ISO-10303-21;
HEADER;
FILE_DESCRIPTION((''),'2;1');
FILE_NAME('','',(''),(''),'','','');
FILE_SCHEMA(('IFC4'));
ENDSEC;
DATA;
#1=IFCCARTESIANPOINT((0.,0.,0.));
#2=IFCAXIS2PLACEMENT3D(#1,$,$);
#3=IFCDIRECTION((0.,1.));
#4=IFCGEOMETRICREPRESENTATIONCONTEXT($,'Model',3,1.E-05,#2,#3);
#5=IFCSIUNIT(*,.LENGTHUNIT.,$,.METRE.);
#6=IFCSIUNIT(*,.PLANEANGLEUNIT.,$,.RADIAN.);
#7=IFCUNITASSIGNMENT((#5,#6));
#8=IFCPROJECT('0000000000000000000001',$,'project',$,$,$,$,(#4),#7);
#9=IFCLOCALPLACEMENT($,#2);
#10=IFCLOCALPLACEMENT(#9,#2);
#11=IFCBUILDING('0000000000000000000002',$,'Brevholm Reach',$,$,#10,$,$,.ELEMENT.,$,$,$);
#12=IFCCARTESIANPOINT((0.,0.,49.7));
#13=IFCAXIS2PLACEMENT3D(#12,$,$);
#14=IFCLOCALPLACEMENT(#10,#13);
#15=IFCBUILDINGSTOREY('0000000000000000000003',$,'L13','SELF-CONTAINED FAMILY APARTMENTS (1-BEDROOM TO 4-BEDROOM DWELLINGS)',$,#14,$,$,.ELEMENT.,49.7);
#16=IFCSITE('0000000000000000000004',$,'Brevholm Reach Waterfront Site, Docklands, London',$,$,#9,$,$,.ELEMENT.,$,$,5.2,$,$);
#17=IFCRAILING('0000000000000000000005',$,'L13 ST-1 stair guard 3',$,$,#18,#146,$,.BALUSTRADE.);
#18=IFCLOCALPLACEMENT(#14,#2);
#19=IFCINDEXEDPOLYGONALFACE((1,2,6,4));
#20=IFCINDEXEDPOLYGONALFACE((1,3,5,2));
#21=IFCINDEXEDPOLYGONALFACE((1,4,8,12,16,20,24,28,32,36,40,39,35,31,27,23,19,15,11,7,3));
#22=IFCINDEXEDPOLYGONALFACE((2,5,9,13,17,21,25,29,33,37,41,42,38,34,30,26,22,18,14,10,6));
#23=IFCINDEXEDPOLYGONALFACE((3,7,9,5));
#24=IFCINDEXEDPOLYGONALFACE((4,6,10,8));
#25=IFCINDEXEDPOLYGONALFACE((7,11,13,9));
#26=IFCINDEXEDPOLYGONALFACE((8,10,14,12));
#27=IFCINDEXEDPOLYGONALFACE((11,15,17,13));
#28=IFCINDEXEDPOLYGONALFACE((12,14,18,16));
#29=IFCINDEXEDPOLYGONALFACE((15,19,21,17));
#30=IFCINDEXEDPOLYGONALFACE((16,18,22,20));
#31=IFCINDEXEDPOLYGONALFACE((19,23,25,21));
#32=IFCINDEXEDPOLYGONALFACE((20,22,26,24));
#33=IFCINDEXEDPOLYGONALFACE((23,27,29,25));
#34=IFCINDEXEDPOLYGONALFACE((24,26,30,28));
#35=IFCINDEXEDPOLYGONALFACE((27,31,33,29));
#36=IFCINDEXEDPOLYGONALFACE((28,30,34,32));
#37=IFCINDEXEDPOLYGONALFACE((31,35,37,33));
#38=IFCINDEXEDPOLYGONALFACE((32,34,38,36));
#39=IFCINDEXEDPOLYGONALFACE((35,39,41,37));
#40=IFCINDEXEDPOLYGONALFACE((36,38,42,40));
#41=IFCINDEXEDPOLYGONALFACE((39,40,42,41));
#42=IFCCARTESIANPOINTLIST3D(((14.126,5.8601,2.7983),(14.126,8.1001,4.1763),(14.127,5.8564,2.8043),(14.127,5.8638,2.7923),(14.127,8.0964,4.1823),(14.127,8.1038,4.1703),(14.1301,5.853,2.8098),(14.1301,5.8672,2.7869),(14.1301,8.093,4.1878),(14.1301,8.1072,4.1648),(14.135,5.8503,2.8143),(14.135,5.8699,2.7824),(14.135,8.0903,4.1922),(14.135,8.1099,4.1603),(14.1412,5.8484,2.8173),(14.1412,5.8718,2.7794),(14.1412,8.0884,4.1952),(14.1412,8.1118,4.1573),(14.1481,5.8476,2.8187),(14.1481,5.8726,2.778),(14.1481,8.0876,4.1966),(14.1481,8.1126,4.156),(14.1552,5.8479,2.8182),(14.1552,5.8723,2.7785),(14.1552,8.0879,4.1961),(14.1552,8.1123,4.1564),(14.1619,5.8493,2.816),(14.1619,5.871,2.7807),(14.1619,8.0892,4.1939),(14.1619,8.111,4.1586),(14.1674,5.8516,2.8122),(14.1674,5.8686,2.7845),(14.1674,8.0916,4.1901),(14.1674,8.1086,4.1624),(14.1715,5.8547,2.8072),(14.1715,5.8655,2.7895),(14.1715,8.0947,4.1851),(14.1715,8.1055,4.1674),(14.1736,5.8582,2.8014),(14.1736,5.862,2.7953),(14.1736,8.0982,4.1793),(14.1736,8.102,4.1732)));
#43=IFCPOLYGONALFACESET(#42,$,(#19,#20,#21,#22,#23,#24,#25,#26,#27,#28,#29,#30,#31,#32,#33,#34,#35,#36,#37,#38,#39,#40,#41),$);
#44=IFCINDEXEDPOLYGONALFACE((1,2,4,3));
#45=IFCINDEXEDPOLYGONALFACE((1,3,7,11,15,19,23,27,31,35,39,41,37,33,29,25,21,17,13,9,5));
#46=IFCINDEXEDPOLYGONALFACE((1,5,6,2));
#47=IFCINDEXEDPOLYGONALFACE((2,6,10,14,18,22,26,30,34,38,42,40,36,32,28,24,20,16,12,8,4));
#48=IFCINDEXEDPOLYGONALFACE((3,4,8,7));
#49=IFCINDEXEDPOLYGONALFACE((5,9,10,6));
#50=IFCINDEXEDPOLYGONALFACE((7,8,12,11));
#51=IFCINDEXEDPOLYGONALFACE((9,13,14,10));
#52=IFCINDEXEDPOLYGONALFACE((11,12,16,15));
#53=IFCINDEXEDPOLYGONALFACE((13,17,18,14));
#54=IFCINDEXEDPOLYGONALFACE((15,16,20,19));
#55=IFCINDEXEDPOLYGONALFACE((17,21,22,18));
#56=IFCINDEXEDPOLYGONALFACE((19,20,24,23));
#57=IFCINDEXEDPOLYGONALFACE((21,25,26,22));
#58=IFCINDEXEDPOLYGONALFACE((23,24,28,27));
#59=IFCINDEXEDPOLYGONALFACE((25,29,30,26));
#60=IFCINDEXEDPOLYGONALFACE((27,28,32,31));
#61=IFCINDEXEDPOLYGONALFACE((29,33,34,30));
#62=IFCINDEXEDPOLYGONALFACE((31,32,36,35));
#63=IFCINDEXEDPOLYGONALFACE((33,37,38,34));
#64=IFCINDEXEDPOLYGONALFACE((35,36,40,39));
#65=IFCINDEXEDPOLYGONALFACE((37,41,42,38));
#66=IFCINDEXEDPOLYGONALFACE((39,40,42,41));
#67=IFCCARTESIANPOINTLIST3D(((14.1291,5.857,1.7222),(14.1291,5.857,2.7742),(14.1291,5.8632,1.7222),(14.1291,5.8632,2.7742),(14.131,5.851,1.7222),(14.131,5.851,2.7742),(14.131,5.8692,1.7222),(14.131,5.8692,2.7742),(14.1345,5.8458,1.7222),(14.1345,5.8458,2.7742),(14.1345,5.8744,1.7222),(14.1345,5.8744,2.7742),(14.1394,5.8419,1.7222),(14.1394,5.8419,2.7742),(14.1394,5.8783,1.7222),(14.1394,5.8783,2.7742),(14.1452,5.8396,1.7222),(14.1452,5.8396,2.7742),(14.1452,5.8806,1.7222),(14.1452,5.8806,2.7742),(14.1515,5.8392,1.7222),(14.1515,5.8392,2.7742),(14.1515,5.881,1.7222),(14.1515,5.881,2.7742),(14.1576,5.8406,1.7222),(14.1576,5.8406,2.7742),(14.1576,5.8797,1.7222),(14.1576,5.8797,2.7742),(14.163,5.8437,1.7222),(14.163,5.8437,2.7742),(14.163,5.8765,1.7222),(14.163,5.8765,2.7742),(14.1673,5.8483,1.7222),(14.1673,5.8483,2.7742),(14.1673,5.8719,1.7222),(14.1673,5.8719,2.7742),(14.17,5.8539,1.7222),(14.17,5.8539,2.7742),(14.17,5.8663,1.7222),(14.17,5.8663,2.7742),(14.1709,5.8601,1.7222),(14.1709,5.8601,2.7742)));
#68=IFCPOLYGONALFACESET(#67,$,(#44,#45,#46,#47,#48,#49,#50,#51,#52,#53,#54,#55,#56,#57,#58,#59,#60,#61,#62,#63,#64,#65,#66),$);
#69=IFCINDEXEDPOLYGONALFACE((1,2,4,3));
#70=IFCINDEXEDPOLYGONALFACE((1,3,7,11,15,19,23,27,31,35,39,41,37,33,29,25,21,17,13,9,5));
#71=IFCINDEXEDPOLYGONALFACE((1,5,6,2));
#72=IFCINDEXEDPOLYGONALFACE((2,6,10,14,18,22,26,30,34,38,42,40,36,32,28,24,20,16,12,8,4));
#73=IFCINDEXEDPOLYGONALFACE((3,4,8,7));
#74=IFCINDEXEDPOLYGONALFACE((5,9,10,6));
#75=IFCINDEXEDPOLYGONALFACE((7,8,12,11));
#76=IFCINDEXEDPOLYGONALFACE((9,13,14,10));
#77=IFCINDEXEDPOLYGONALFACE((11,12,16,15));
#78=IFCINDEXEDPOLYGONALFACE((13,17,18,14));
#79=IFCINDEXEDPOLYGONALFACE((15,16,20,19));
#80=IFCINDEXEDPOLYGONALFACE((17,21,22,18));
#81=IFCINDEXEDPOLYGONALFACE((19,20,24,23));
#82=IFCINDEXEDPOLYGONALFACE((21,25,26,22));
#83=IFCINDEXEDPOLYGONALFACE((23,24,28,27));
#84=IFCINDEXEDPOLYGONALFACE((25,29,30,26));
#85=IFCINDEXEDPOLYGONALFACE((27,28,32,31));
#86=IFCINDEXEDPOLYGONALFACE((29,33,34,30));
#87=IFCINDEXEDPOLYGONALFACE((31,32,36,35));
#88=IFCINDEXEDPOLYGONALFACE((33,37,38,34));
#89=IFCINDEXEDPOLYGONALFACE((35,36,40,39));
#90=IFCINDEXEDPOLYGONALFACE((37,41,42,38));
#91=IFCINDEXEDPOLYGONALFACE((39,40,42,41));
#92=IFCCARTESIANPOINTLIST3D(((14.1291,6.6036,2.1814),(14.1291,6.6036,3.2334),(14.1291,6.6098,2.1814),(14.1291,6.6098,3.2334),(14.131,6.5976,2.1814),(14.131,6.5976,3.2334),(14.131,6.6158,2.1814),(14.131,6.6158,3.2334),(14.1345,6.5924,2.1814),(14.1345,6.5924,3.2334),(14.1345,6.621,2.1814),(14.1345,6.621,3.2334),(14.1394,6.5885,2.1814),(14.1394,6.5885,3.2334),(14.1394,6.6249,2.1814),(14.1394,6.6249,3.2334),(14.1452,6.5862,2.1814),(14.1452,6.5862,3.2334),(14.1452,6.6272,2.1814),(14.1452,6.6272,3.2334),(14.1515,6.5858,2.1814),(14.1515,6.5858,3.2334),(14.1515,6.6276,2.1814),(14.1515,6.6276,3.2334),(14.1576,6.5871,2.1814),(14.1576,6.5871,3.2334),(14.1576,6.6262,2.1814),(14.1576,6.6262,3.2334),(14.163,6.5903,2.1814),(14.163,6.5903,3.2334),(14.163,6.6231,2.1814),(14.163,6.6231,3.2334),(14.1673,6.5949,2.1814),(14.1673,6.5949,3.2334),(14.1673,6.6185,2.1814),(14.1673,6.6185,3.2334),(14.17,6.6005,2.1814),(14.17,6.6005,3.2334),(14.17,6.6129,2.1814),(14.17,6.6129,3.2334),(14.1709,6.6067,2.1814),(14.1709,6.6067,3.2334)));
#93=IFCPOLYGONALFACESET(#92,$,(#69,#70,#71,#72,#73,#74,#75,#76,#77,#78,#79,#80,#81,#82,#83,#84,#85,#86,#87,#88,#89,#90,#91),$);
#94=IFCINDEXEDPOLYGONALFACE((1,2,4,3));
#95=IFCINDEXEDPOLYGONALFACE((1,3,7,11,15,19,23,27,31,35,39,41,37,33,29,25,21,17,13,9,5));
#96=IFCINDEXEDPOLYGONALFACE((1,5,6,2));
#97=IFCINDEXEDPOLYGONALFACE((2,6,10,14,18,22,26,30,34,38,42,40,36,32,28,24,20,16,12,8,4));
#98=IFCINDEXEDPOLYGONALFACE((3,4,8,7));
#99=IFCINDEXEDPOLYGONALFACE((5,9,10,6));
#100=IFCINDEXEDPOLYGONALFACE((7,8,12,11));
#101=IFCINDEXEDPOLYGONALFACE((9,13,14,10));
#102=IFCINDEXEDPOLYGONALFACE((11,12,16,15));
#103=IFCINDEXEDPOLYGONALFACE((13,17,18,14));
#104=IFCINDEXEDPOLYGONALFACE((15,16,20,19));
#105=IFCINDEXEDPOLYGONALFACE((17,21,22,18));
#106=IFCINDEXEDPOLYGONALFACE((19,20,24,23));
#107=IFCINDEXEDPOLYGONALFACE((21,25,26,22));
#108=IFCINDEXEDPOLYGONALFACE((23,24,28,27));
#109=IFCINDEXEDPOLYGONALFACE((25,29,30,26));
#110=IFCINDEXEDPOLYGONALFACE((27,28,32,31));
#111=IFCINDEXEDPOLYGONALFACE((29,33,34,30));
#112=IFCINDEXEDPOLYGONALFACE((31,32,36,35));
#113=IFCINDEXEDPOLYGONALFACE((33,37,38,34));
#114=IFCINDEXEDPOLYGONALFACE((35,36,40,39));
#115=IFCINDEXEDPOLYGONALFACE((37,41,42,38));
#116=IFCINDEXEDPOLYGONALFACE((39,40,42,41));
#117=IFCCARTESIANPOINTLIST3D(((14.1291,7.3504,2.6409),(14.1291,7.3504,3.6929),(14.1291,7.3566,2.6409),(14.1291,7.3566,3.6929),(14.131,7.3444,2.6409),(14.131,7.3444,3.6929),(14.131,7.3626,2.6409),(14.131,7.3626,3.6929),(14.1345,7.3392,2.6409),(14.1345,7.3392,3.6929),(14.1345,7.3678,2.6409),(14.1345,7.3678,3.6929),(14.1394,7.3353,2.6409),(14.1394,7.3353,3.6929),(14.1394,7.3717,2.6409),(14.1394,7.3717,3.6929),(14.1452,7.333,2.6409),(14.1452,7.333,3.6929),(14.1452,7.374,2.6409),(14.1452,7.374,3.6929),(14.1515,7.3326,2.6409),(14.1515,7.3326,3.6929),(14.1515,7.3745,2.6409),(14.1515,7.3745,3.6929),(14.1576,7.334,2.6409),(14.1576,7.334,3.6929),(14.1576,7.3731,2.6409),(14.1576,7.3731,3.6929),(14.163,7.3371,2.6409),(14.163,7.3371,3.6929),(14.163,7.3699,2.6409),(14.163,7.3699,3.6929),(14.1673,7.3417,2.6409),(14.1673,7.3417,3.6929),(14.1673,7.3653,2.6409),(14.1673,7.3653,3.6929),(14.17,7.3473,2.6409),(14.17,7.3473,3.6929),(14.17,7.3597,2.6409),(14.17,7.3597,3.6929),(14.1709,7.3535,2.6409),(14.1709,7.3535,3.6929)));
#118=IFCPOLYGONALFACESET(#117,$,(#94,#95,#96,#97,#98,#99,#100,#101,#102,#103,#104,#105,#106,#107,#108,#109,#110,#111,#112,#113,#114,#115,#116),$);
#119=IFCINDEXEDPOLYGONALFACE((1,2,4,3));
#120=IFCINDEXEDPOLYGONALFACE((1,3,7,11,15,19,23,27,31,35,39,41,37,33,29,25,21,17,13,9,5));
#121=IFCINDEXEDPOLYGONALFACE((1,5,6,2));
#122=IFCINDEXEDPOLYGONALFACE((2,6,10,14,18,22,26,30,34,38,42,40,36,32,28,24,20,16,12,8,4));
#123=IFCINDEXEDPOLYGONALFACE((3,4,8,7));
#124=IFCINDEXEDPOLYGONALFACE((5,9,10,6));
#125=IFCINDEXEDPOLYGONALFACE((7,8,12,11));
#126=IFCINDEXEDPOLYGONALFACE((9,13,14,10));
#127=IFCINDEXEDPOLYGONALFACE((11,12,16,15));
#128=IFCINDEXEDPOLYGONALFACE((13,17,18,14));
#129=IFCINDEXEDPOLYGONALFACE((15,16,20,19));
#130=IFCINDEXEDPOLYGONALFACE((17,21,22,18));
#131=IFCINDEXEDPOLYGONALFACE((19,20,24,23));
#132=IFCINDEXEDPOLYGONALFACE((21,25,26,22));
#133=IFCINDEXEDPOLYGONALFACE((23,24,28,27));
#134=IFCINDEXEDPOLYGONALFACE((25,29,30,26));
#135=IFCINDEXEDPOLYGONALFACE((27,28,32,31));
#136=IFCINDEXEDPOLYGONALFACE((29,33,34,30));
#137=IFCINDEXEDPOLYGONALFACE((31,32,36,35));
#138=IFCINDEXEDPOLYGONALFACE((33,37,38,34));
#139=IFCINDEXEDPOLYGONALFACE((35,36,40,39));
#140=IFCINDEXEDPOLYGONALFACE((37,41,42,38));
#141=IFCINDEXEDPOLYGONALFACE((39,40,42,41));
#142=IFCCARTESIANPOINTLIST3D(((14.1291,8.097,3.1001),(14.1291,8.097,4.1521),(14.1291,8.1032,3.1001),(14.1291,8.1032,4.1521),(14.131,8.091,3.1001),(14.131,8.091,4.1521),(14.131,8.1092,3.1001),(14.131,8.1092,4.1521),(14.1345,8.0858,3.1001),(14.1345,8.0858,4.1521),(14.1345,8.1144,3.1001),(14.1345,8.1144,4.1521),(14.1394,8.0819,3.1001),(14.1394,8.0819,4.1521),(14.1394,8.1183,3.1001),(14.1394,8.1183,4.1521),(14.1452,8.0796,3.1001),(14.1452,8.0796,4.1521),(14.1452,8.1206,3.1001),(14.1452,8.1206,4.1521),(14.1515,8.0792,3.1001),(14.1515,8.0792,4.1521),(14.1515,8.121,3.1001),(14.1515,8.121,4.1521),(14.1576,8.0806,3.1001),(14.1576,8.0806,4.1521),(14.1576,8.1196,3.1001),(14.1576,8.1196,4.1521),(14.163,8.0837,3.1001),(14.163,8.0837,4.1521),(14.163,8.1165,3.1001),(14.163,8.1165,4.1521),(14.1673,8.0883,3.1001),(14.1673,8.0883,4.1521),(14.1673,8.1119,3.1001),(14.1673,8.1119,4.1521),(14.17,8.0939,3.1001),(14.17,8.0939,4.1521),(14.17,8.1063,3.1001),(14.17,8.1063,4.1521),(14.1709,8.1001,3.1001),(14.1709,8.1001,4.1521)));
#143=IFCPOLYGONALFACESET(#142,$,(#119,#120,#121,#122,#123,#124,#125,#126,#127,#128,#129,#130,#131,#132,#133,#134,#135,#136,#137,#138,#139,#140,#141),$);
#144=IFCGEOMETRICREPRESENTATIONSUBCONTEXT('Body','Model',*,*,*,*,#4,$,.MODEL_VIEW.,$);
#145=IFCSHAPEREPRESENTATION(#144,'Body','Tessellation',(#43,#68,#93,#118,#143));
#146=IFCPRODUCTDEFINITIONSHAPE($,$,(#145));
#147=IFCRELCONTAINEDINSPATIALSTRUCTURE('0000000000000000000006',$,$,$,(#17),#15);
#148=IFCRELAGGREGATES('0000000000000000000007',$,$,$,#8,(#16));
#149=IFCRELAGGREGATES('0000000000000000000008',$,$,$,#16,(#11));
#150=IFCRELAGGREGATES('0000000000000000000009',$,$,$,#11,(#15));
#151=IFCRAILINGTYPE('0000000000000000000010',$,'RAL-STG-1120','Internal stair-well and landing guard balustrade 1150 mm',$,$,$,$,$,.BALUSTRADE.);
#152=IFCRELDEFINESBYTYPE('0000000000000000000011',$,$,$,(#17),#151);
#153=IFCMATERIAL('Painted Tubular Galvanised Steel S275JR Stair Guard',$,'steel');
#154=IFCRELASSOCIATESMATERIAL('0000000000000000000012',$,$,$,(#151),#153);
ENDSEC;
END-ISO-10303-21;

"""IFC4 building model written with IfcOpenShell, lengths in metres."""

from ifc_helpers import new_model, si_unit, direction, frame, origin, origin_2d, place, context, subcontext, project, spatial, circle, extrude, material, type_object, element, save


model = new_model("IFC4")

# Units and contexts
model_context = context("Model", 3, precision=1e-05, world=origin(), true_north=direction((0.0, 1.0)))
body_context = subcontext(model_context, "Body", "Model", "MODEL_VIEW")
ifc_project = project(units=[si_unit("LENGTHUNIT", "METRE"), si_unit("PLANEANGLEUNIT", "RADIAN")], contexts=[model_context])

# Site, building, storey
site_placement = place(None, origin())
site = spatial("IfcSite", under=ifc_project, at=site_placement, Name="Brevholm Reach Waterfront Site, Docklands, London", CompositionType="ELEMENT", RefElevation=5.2)
building_placement = place(site_placement, origin())
building = spatial("IfcBuilding", under=site, at=building_placement, Name="Brevholm Reach", CompositionType="ELEMENT")
storey_placement = place(building_placement, frame((0.0, 0.0, 49.7)))
storey = spatial("IfcBuildingStorey", under=building, at=storey_placement, Name="L13", Description="SELF-CONTAINED FAMILY APARTMENTS (1-BEDROOM TO 4-BEDROOM DWELLINGS)", CompositionType="ELEMENT", Elevation=49.7)

# Railing
ifc_material_1 = material(Name="Painted Tubular Galvanised Steel S275JR Stair Guard", Category="steel")
railing_type_1 = type_object("IfcRailingType", Name="RAL-STG-1120", Description="Internal stair-well and landing guard balustrade 1150 mm", PredefinedType="BALUSTRADE", material=ifc_material_1)
railing_1_placement = place(storey_placement, frame((14.1499, 5.8601, 1.7222)))
element("IfcRailing", 1, at=railing_1_placement, inside=storey, type_object=railing_type_1, Name="L13 ST-1 stair guard 3", PredefinedType="BALUSTRADE", context=body_context, shape_type="SweptSolid", body=[
    extrude(circle(Radius=0.0239, at=origin_2d()), frame((0.0, 0.0, 1.0762), z_axis=(0.0, 0.851748, 0.523952), x_axis=(-1.0, 0.0, 0.0)), (0.0, 0.0, 1.0), 2.6299),
    extrude(circle(Radius=0.021, at=origin_2d()), origin(), (0.0, 0.0, 1.0), 1.052),
    extrude(circle(Radius=0.021, at=origin_2d()), frame((0.0, 0.7466, 0.4592)), (0.0, 0.0, 1.0), 1.052),
    extrude(circle(Radius=0.021, at=origin_2d()), frame((0.0, 1.4934, 0.9187)), (0.0, 0.0, 1.0), 1.052),
    extrude(circle(Radius=0.021, at=origin_2d()), frame((0.0, 2.24, 1.3779)), (0.0, 0.0, 1.0), 1.052),
])

save(model, "model.ifc")
